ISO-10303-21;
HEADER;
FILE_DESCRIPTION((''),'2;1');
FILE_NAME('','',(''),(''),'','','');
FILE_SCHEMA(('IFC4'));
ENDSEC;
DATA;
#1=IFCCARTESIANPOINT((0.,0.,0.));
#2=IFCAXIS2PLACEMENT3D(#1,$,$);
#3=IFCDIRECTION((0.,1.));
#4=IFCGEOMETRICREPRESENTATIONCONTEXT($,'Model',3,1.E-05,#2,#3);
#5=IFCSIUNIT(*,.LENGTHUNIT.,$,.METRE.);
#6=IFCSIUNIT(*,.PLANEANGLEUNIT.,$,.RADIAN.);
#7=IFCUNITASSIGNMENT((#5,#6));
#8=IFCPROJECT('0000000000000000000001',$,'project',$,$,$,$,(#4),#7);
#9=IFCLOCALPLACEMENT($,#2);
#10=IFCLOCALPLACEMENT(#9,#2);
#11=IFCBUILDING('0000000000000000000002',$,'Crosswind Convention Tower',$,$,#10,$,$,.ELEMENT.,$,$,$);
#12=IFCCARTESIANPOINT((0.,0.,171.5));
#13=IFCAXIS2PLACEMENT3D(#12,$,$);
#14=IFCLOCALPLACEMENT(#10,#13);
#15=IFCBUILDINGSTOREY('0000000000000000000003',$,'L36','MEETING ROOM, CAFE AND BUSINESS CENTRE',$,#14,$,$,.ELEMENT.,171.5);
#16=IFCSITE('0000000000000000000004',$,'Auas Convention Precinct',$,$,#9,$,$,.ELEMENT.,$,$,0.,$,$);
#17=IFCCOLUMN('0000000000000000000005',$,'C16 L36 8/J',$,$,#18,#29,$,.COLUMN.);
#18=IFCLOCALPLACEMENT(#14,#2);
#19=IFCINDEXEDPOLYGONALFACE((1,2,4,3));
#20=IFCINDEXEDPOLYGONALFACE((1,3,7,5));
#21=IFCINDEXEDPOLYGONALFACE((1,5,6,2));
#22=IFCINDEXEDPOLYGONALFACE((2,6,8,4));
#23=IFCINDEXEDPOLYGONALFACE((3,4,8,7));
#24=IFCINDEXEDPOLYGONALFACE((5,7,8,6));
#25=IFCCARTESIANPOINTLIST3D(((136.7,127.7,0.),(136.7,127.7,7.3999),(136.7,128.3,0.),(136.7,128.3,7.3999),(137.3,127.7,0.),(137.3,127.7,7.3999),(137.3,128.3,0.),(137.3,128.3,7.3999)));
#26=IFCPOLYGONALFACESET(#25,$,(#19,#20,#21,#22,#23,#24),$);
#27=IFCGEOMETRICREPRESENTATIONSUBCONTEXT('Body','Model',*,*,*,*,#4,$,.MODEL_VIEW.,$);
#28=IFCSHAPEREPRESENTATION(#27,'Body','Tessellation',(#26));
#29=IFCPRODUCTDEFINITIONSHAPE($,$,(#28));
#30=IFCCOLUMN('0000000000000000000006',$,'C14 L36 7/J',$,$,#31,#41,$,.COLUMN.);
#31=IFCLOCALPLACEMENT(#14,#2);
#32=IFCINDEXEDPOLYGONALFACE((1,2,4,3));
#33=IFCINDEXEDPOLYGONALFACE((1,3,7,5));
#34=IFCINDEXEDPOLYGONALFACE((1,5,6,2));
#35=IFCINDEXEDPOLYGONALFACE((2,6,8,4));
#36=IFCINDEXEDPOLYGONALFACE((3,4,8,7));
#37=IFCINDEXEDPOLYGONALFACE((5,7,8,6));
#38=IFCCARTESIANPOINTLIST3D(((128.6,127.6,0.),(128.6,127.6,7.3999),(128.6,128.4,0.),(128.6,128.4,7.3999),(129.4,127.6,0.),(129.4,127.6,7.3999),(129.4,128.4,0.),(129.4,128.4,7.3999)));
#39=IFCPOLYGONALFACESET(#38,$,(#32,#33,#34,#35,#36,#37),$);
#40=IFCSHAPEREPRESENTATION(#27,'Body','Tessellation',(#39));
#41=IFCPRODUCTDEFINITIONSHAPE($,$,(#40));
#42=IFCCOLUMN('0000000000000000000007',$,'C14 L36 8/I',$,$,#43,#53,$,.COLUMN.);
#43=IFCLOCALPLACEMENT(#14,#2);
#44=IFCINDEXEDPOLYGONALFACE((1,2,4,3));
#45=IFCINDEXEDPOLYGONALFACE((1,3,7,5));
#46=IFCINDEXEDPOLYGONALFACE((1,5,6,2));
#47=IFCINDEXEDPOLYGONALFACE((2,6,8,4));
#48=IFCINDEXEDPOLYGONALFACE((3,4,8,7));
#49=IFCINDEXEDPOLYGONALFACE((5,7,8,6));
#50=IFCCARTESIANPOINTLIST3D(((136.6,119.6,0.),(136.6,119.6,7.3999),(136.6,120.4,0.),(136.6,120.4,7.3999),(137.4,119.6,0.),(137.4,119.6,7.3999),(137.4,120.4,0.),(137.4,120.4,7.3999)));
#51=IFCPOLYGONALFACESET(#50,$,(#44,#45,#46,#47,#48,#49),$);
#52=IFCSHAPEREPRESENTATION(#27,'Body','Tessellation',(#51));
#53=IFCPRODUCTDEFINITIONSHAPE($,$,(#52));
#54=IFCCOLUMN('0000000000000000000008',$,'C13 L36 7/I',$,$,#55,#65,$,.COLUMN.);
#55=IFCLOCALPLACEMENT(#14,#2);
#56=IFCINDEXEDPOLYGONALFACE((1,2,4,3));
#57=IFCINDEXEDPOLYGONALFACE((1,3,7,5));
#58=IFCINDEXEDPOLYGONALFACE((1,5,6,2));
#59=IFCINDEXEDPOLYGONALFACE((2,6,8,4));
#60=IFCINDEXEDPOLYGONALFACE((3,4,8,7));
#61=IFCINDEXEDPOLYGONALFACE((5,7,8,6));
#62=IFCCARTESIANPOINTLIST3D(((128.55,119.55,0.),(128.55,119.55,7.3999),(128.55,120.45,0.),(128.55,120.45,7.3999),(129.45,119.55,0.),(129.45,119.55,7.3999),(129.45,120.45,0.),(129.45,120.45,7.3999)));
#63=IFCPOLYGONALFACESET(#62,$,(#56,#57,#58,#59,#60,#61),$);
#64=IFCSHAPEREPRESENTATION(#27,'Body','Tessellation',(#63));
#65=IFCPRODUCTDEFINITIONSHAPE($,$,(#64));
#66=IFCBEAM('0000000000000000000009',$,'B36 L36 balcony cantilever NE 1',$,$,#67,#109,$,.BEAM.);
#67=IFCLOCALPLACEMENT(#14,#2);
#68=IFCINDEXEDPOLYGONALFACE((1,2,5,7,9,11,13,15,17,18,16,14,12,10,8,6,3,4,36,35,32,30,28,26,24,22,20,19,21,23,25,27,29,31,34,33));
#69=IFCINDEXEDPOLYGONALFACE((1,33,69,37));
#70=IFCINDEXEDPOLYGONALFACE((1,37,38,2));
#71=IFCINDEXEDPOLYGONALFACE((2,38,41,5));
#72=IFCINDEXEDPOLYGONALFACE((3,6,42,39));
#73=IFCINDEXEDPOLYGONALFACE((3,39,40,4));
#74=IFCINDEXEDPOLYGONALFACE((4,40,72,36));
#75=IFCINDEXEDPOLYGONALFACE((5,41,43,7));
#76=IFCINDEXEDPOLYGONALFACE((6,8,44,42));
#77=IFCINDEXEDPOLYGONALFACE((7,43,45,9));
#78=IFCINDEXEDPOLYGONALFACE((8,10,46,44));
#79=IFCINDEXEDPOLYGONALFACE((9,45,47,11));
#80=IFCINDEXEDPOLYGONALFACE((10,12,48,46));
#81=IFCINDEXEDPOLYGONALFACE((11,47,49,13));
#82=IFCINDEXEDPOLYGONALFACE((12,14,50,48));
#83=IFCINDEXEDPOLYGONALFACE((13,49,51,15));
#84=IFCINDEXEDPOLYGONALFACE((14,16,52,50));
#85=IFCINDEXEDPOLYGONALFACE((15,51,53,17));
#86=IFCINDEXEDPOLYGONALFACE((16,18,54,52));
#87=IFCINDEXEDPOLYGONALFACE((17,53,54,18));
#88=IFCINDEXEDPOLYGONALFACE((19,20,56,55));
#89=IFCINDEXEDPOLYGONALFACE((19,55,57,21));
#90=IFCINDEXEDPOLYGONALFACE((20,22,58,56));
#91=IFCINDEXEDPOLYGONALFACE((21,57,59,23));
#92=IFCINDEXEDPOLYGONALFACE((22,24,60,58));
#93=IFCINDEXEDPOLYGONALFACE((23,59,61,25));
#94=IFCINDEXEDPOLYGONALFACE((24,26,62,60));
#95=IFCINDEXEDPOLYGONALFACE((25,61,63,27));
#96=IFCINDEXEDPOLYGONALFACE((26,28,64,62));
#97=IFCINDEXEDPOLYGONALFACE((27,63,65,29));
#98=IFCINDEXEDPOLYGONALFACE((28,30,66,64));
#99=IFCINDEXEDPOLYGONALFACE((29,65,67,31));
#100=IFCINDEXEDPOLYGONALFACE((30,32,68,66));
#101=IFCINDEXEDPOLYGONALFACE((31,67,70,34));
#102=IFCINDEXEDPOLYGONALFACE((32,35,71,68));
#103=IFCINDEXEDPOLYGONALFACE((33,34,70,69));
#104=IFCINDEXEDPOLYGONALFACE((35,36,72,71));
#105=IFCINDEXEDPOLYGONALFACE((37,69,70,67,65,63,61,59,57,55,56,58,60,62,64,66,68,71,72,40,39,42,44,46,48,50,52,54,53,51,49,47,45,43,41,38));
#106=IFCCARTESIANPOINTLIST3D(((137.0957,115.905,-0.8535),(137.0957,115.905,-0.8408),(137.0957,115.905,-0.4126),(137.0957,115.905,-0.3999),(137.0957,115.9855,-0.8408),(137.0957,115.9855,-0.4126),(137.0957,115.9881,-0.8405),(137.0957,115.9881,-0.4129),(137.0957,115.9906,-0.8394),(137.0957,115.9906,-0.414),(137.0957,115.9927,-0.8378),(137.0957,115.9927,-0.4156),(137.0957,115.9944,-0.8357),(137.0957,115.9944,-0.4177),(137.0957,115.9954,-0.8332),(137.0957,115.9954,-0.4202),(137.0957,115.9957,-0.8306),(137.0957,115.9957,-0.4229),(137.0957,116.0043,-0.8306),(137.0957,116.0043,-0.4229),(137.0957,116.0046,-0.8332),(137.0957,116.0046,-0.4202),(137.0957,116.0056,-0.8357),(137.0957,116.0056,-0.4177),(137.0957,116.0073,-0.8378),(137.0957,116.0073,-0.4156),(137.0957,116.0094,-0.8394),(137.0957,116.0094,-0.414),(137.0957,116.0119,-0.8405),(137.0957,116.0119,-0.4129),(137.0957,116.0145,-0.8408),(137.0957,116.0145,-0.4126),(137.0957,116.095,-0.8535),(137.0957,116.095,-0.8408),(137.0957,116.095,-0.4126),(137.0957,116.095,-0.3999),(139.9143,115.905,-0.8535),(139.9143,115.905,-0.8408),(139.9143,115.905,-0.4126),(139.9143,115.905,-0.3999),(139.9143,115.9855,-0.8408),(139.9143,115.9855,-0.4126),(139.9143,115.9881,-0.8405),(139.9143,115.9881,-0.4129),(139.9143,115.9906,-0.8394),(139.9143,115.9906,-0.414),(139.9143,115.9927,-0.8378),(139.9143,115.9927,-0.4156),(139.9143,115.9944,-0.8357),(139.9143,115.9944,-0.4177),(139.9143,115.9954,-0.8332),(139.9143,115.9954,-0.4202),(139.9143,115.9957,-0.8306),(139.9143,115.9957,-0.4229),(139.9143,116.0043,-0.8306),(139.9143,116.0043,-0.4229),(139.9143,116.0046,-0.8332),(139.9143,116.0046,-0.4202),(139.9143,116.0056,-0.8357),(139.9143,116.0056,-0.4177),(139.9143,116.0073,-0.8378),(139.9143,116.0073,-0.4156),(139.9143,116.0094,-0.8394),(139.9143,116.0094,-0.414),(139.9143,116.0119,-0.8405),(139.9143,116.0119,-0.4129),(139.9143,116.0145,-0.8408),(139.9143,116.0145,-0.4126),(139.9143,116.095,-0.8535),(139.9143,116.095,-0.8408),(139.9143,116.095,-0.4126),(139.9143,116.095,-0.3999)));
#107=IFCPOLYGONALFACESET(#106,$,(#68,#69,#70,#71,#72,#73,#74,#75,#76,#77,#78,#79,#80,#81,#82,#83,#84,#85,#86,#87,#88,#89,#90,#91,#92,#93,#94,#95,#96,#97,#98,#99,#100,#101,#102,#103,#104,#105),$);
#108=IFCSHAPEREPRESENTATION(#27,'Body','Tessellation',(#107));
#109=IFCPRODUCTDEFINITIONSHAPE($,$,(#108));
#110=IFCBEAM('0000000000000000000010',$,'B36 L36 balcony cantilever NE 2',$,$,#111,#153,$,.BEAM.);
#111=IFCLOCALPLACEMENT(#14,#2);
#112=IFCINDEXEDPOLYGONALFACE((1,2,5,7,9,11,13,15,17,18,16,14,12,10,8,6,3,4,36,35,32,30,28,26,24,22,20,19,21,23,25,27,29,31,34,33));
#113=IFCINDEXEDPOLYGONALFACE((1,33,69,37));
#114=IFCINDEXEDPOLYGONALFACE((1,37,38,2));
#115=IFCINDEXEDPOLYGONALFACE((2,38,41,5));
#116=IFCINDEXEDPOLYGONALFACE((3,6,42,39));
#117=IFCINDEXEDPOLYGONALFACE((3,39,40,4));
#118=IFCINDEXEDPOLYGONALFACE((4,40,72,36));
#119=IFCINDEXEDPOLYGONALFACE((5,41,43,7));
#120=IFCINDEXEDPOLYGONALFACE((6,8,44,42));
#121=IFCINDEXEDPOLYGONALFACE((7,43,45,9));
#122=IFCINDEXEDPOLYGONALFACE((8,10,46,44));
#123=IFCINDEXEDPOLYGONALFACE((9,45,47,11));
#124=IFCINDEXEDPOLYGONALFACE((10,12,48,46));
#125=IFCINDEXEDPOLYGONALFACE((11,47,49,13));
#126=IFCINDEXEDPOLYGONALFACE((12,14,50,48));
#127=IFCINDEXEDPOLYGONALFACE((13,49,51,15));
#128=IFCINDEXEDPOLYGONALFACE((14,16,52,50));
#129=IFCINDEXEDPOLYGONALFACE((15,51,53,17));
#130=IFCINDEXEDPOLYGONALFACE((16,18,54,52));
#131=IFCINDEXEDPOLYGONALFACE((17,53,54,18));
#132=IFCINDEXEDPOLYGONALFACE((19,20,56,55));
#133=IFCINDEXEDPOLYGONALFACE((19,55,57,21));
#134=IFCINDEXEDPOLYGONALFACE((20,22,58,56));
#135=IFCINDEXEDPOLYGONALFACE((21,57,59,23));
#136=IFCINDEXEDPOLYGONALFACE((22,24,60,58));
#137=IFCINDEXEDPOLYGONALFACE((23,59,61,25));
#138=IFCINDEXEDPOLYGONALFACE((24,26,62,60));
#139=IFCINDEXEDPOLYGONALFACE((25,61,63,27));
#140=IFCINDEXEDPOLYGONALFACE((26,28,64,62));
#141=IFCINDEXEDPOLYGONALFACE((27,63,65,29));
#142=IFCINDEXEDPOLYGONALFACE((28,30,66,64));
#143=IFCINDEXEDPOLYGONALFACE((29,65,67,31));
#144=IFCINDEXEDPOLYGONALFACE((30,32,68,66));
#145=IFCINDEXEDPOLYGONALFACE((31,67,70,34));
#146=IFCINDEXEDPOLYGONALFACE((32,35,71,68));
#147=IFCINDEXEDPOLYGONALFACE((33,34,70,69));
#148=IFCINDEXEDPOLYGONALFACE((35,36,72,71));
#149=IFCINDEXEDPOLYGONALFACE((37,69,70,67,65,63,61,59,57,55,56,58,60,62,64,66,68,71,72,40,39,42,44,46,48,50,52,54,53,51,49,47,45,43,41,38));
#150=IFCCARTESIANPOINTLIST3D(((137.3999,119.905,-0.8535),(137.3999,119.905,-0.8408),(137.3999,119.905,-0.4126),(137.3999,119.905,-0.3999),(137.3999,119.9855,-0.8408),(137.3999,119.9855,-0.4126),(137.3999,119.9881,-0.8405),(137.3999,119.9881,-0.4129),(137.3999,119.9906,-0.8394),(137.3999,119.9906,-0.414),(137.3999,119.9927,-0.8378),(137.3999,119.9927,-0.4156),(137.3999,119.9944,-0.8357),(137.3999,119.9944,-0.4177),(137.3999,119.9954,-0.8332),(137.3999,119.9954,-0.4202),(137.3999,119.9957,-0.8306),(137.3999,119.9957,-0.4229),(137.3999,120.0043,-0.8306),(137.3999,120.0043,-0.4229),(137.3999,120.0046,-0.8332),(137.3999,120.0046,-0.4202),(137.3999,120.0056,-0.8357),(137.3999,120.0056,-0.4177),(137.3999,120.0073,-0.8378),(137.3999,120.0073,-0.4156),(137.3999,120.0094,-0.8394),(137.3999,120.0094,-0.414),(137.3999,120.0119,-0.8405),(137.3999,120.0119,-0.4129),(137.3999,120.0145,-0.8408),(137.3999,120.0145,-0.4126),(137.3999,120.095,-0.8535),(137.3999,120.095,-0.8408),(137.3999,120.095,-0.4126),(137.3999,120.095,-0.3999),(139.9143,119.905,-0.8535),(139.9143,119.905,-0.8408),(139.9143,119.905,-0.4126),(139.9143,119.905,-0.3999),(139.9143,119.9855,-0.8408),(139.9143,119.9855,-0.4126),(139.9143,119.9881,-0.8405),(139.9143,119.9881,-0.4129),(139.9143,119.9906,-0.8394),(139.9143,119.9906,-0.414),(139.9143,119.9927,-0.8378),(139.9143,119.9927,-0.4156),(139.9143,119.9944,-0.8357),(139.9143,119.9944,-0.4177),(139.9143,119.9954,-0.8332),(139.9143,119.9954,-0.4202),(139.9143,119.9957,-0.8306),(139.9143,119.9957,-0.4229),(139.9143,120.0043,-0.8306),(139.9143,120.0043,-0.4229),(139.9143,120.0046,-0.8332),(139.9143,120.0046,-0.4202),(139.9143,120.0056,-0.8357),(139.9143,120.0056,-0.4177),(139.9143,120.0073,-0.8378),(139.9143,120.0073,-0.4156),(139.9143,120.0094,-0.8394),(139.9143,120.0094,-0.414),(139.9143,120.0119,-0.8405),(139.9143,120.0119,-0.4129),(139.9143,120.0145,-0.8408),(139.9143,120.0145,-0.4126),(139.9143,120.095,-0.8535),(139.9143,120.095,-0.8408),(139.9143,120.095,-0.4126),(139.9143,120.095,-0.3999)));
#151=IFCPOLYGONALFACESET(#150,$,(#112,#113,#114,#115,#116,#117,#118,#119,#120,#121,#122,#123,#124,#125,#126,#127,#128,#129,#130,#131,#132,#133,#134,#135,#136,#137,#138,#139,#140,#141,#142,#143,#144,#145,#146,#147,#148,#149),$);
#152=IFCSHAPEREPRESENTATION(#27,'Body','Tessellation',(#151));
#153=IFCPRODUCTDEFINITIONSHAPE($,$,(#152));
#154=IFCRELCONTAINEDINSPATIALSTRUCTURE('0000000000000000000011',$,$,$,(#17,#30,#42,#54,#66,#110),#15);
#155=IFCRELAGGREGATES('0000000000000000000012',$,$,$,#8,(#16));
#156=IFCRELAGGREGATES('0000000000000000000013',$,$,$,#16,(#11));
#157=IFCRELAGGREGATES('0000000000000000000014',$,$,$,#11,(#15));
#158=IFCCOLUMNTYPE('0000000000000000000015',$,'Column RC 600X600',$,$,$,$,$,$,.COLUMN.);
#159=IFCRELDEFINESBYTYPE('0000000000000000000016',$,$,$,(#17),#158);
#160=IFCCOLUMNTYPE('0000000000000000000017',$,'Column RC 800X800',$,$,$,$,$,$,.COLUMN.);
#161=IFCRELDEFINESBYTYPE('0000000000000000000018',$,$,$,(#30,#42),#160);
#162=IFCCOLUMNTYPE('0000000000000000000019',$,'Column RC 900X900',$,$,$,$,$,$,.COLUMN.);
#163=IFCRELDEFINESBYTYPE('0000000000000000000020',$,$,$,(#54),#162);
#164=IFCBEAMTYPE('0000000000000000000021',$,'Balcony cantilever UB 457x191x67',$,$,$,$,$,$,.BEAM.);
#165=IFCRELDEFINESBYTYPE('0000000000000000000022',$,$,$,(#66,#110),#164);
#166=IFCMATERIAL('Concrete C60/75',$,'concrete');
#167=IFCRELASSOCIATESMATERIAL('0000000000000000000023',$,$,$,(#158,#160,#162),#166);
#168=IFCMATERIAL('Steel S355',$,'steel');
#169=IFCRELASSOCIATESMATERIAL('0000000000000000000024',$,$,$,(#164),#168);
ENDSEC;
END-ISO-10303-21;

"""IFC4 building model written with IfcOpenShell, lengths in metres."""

from ifc_helpers import new_model, si_unit, direction, frame, origin, origin_2d, place, context, subcontext, project, spatial, rectangle, i_section, extrude, material, material_profile, profile_set, type_object, element, save


model = new_model("IFC4")

# Units and contexts
model_context = context("Model", 3, precision=1e-05, world=origin(), true_north=direction((0.0, 1.0)))
body_context = subcontext(model_context, "Body", "Model", "MODEL_VIEW")
ifc_project = project(units=[si_unit("LENGTHUNIT", "METRE"), si_unit("PLANEANGLEUNIT", "RADIAN")], contexts=[model_context])

# Site, building, storey
site_placement = place(None, origin())
site = spatial("IfcSite", under=ifc_project, at=site_placement, Name="Auas Convention Precinct", CompositionType="ELEMENT", RefElevation=0.0)
building_placement = place(site_placement, origin())
building = spatial("IfcBuilding", under=site, at=building_placement, Name="Crosswind Convention Tower", CompositionType="ELEMENT")
storey_placement = place(building_placement, frame((0.0, 0.0, 171.5)))
storey = spatial("IfcBuildingStorey", under=building, at=storey_placement, Name="L36", Description="MEETING ROOM, CAFE AND BUSINESS CENTRE", CompositionType="ELEMENT", Elevation=171.5)

# Columns
ifc_material_1 = material(Name="Concrete C60/75", Category="concrete")
ifc_material_profile_1 = material_profile(ifc_material_1, rectangle(XDim=0.6001, YDim=0.6001, at=origin_2d()), Name="RC 600X600")
ifc_profile_set_1 = profile_set([ifc_material_profile_1], Name="Concrete C60/75")
column_type_1 = type_object("IfcColumnType", Name="Column RC 600X600", PredefinedType="COLUMN", material=ifc_profile_set_1)
column_1_placement = place(storey_placement, frame((137.0, 128.0, 0.0), z_axis=(0.0, 0.0, 1.0), x_axis=(1.0, 0.0, 0.0)))
element("IfcColumn", 1, at=column_1_placement, inside=storey, type_object=column_type_1, Name="C16 L36 8/J", PredefinedType="COLUMN", context=body_context, shape_type="SweptSolid", body=[
    extrude(rectangle(XDim=0.6001, YDim=0.6001, at=origin_2d()), origin(), (0.0, 0.0, 1.0), 7.3999),
])
ifc_material_profile_2 = material_profile(ifc_material_1, rectangle(XDim=0.8, YDim=0.8, at=origin_2d()), Name="RC 800X800")
ifc_profile_set_2 = profile_set([ifc_material_profile_2], Name="Concrete C60/75")
column_type_2 = type_object("IfcColumnType", Name="Column RC 800X800", PredefinedType="COLUMN", material=ifc_profile_set_2)
for number, where, z_axis, x_axis, name in (
    (2, (129.0, 128.0, 0.0), (0.0, 0.0, 1.0), (1.0, 0.0, 0.0), "C14 L36 7/J"),
    (3, (137.0, 120.0, 0.0), (0.0, 0.0, 1.0), (1.0, 0.0, 0.0), "C14 L36 8/I"),
):
    element("IfcColumn", number, at=place(storey_placement, frame(where, z_axis=z_axis, x_axis=x_axis)), inside=storey, type_object=column_type_2, Name=name, PredefinedType="COLUMN", context=body_context, shape_type="SweptSolid", body=[
        extrude(rectangle(XDim=0.8, YDim=0.8, at=origin_2d()), origin(), (0.0, 0.0, 1.0), 7.3999),
    ])
ifc_material_profile_3 = material_profile(ifc_material_1, rectangle(XDim=0.8999, YDim=0.8999, at=origin_2d()), Name="RC 900X900")
ifc_profile_set_3 = profile_set([ifc_material_profile_3], Name="Concrete C60/75")
column_type_3 = type_object("IfcColumnType", Name="Column RC 900X900", PredefinedType="COLUMN", material=ifc_profile_set_3)
column_2_placement = place(storey_placement, frame((129.0, 120.0, 0.0), z_axis=(0.0, 0.0, 1.0), x_axis=(1.0, 0.0, 0.0)))
element("IfcColumn", 4, at=column_2_placement, inside=storey, type_object=column_type_3, Name="C13 L36 7/I", PredefinedType="COLUMN", context=body_context, shape_type="SweptSolid", body=[
    extrude(rectangle(XDim=0.8999, YDim=0.8999, at=origin_2d()), origin(), (0.0, 0.0, 1.0), 7.3999),
])

# Beams
ifc_material_2 = material(Name="Steel S355", Category="steel")
ifc_material_profile_4 = material_profile(ifc_material_2, i_section(OverallWidth=0.1899, OverallDepth=0.4536, WebThickness=0.0085, FlangeThickness=0.0127, FilletRadius=0.0103, at=origin_2d()), Name="UB 457x191x67")
ifc_profile_set_4 = profile_set([ifc_material_profile_4], Name="Steel S355")
beam_type_1 = type_object("IfcBeamType", Name="Balcony cantilever UB 457x191x67", PredefinedType="BEAM", material=ifc_profile_set_4)
beam_1_placement = place(storey_placement, frame((137.0957, 116.0, -0.6267), z_axis=(1.0, 0.0, 0.0), x_axis=(0.0, 1.0, 0.0)))
element("IfcBeam", 5, at=beam_1_placement, inside=storey, type_object=beam_type_1, Name="B36 L36 balcony cantilever NE 1", PredefinedType="BEAM", context=body_context, shape_type="SweptSolid", body=[
    extrude(i_section(OverallWidth=0.1899, OverallDepth=0.4536, WebThickness=0.0085, FlangeThickness=0.0127, FilletRadius=0.0103, at=origin_2d()), origin(), (0.0, 0.0, 1.0), 2.8186),
])
beam_2_placement = place(storey_placement, frame((137.3999, 120.0, -0.6267), z_axis=(1.0, 0.0, 0.0), x_axis=(0.0, 1.0, 0.0)))
element("IfcBeam", 6, at=beam_2_placement, inside=storey, type_object=beam_type_1, Name="B36 L36 balcony cantilever NE 2", PredefinedType="BEAM", context=body_context, shape_type="SweptSolid", body=[
    extrude(i_section(OverallWidth=0.1899, OverallDepth=0.4536, WebThickness=0.0085, FlangeThickness=0.0127, FilletRadius=0.0103, at=origin_2d()), origin(), (0.0, 0.0, 1.0), 2.5144),
])

save(model, "model.ifc")
